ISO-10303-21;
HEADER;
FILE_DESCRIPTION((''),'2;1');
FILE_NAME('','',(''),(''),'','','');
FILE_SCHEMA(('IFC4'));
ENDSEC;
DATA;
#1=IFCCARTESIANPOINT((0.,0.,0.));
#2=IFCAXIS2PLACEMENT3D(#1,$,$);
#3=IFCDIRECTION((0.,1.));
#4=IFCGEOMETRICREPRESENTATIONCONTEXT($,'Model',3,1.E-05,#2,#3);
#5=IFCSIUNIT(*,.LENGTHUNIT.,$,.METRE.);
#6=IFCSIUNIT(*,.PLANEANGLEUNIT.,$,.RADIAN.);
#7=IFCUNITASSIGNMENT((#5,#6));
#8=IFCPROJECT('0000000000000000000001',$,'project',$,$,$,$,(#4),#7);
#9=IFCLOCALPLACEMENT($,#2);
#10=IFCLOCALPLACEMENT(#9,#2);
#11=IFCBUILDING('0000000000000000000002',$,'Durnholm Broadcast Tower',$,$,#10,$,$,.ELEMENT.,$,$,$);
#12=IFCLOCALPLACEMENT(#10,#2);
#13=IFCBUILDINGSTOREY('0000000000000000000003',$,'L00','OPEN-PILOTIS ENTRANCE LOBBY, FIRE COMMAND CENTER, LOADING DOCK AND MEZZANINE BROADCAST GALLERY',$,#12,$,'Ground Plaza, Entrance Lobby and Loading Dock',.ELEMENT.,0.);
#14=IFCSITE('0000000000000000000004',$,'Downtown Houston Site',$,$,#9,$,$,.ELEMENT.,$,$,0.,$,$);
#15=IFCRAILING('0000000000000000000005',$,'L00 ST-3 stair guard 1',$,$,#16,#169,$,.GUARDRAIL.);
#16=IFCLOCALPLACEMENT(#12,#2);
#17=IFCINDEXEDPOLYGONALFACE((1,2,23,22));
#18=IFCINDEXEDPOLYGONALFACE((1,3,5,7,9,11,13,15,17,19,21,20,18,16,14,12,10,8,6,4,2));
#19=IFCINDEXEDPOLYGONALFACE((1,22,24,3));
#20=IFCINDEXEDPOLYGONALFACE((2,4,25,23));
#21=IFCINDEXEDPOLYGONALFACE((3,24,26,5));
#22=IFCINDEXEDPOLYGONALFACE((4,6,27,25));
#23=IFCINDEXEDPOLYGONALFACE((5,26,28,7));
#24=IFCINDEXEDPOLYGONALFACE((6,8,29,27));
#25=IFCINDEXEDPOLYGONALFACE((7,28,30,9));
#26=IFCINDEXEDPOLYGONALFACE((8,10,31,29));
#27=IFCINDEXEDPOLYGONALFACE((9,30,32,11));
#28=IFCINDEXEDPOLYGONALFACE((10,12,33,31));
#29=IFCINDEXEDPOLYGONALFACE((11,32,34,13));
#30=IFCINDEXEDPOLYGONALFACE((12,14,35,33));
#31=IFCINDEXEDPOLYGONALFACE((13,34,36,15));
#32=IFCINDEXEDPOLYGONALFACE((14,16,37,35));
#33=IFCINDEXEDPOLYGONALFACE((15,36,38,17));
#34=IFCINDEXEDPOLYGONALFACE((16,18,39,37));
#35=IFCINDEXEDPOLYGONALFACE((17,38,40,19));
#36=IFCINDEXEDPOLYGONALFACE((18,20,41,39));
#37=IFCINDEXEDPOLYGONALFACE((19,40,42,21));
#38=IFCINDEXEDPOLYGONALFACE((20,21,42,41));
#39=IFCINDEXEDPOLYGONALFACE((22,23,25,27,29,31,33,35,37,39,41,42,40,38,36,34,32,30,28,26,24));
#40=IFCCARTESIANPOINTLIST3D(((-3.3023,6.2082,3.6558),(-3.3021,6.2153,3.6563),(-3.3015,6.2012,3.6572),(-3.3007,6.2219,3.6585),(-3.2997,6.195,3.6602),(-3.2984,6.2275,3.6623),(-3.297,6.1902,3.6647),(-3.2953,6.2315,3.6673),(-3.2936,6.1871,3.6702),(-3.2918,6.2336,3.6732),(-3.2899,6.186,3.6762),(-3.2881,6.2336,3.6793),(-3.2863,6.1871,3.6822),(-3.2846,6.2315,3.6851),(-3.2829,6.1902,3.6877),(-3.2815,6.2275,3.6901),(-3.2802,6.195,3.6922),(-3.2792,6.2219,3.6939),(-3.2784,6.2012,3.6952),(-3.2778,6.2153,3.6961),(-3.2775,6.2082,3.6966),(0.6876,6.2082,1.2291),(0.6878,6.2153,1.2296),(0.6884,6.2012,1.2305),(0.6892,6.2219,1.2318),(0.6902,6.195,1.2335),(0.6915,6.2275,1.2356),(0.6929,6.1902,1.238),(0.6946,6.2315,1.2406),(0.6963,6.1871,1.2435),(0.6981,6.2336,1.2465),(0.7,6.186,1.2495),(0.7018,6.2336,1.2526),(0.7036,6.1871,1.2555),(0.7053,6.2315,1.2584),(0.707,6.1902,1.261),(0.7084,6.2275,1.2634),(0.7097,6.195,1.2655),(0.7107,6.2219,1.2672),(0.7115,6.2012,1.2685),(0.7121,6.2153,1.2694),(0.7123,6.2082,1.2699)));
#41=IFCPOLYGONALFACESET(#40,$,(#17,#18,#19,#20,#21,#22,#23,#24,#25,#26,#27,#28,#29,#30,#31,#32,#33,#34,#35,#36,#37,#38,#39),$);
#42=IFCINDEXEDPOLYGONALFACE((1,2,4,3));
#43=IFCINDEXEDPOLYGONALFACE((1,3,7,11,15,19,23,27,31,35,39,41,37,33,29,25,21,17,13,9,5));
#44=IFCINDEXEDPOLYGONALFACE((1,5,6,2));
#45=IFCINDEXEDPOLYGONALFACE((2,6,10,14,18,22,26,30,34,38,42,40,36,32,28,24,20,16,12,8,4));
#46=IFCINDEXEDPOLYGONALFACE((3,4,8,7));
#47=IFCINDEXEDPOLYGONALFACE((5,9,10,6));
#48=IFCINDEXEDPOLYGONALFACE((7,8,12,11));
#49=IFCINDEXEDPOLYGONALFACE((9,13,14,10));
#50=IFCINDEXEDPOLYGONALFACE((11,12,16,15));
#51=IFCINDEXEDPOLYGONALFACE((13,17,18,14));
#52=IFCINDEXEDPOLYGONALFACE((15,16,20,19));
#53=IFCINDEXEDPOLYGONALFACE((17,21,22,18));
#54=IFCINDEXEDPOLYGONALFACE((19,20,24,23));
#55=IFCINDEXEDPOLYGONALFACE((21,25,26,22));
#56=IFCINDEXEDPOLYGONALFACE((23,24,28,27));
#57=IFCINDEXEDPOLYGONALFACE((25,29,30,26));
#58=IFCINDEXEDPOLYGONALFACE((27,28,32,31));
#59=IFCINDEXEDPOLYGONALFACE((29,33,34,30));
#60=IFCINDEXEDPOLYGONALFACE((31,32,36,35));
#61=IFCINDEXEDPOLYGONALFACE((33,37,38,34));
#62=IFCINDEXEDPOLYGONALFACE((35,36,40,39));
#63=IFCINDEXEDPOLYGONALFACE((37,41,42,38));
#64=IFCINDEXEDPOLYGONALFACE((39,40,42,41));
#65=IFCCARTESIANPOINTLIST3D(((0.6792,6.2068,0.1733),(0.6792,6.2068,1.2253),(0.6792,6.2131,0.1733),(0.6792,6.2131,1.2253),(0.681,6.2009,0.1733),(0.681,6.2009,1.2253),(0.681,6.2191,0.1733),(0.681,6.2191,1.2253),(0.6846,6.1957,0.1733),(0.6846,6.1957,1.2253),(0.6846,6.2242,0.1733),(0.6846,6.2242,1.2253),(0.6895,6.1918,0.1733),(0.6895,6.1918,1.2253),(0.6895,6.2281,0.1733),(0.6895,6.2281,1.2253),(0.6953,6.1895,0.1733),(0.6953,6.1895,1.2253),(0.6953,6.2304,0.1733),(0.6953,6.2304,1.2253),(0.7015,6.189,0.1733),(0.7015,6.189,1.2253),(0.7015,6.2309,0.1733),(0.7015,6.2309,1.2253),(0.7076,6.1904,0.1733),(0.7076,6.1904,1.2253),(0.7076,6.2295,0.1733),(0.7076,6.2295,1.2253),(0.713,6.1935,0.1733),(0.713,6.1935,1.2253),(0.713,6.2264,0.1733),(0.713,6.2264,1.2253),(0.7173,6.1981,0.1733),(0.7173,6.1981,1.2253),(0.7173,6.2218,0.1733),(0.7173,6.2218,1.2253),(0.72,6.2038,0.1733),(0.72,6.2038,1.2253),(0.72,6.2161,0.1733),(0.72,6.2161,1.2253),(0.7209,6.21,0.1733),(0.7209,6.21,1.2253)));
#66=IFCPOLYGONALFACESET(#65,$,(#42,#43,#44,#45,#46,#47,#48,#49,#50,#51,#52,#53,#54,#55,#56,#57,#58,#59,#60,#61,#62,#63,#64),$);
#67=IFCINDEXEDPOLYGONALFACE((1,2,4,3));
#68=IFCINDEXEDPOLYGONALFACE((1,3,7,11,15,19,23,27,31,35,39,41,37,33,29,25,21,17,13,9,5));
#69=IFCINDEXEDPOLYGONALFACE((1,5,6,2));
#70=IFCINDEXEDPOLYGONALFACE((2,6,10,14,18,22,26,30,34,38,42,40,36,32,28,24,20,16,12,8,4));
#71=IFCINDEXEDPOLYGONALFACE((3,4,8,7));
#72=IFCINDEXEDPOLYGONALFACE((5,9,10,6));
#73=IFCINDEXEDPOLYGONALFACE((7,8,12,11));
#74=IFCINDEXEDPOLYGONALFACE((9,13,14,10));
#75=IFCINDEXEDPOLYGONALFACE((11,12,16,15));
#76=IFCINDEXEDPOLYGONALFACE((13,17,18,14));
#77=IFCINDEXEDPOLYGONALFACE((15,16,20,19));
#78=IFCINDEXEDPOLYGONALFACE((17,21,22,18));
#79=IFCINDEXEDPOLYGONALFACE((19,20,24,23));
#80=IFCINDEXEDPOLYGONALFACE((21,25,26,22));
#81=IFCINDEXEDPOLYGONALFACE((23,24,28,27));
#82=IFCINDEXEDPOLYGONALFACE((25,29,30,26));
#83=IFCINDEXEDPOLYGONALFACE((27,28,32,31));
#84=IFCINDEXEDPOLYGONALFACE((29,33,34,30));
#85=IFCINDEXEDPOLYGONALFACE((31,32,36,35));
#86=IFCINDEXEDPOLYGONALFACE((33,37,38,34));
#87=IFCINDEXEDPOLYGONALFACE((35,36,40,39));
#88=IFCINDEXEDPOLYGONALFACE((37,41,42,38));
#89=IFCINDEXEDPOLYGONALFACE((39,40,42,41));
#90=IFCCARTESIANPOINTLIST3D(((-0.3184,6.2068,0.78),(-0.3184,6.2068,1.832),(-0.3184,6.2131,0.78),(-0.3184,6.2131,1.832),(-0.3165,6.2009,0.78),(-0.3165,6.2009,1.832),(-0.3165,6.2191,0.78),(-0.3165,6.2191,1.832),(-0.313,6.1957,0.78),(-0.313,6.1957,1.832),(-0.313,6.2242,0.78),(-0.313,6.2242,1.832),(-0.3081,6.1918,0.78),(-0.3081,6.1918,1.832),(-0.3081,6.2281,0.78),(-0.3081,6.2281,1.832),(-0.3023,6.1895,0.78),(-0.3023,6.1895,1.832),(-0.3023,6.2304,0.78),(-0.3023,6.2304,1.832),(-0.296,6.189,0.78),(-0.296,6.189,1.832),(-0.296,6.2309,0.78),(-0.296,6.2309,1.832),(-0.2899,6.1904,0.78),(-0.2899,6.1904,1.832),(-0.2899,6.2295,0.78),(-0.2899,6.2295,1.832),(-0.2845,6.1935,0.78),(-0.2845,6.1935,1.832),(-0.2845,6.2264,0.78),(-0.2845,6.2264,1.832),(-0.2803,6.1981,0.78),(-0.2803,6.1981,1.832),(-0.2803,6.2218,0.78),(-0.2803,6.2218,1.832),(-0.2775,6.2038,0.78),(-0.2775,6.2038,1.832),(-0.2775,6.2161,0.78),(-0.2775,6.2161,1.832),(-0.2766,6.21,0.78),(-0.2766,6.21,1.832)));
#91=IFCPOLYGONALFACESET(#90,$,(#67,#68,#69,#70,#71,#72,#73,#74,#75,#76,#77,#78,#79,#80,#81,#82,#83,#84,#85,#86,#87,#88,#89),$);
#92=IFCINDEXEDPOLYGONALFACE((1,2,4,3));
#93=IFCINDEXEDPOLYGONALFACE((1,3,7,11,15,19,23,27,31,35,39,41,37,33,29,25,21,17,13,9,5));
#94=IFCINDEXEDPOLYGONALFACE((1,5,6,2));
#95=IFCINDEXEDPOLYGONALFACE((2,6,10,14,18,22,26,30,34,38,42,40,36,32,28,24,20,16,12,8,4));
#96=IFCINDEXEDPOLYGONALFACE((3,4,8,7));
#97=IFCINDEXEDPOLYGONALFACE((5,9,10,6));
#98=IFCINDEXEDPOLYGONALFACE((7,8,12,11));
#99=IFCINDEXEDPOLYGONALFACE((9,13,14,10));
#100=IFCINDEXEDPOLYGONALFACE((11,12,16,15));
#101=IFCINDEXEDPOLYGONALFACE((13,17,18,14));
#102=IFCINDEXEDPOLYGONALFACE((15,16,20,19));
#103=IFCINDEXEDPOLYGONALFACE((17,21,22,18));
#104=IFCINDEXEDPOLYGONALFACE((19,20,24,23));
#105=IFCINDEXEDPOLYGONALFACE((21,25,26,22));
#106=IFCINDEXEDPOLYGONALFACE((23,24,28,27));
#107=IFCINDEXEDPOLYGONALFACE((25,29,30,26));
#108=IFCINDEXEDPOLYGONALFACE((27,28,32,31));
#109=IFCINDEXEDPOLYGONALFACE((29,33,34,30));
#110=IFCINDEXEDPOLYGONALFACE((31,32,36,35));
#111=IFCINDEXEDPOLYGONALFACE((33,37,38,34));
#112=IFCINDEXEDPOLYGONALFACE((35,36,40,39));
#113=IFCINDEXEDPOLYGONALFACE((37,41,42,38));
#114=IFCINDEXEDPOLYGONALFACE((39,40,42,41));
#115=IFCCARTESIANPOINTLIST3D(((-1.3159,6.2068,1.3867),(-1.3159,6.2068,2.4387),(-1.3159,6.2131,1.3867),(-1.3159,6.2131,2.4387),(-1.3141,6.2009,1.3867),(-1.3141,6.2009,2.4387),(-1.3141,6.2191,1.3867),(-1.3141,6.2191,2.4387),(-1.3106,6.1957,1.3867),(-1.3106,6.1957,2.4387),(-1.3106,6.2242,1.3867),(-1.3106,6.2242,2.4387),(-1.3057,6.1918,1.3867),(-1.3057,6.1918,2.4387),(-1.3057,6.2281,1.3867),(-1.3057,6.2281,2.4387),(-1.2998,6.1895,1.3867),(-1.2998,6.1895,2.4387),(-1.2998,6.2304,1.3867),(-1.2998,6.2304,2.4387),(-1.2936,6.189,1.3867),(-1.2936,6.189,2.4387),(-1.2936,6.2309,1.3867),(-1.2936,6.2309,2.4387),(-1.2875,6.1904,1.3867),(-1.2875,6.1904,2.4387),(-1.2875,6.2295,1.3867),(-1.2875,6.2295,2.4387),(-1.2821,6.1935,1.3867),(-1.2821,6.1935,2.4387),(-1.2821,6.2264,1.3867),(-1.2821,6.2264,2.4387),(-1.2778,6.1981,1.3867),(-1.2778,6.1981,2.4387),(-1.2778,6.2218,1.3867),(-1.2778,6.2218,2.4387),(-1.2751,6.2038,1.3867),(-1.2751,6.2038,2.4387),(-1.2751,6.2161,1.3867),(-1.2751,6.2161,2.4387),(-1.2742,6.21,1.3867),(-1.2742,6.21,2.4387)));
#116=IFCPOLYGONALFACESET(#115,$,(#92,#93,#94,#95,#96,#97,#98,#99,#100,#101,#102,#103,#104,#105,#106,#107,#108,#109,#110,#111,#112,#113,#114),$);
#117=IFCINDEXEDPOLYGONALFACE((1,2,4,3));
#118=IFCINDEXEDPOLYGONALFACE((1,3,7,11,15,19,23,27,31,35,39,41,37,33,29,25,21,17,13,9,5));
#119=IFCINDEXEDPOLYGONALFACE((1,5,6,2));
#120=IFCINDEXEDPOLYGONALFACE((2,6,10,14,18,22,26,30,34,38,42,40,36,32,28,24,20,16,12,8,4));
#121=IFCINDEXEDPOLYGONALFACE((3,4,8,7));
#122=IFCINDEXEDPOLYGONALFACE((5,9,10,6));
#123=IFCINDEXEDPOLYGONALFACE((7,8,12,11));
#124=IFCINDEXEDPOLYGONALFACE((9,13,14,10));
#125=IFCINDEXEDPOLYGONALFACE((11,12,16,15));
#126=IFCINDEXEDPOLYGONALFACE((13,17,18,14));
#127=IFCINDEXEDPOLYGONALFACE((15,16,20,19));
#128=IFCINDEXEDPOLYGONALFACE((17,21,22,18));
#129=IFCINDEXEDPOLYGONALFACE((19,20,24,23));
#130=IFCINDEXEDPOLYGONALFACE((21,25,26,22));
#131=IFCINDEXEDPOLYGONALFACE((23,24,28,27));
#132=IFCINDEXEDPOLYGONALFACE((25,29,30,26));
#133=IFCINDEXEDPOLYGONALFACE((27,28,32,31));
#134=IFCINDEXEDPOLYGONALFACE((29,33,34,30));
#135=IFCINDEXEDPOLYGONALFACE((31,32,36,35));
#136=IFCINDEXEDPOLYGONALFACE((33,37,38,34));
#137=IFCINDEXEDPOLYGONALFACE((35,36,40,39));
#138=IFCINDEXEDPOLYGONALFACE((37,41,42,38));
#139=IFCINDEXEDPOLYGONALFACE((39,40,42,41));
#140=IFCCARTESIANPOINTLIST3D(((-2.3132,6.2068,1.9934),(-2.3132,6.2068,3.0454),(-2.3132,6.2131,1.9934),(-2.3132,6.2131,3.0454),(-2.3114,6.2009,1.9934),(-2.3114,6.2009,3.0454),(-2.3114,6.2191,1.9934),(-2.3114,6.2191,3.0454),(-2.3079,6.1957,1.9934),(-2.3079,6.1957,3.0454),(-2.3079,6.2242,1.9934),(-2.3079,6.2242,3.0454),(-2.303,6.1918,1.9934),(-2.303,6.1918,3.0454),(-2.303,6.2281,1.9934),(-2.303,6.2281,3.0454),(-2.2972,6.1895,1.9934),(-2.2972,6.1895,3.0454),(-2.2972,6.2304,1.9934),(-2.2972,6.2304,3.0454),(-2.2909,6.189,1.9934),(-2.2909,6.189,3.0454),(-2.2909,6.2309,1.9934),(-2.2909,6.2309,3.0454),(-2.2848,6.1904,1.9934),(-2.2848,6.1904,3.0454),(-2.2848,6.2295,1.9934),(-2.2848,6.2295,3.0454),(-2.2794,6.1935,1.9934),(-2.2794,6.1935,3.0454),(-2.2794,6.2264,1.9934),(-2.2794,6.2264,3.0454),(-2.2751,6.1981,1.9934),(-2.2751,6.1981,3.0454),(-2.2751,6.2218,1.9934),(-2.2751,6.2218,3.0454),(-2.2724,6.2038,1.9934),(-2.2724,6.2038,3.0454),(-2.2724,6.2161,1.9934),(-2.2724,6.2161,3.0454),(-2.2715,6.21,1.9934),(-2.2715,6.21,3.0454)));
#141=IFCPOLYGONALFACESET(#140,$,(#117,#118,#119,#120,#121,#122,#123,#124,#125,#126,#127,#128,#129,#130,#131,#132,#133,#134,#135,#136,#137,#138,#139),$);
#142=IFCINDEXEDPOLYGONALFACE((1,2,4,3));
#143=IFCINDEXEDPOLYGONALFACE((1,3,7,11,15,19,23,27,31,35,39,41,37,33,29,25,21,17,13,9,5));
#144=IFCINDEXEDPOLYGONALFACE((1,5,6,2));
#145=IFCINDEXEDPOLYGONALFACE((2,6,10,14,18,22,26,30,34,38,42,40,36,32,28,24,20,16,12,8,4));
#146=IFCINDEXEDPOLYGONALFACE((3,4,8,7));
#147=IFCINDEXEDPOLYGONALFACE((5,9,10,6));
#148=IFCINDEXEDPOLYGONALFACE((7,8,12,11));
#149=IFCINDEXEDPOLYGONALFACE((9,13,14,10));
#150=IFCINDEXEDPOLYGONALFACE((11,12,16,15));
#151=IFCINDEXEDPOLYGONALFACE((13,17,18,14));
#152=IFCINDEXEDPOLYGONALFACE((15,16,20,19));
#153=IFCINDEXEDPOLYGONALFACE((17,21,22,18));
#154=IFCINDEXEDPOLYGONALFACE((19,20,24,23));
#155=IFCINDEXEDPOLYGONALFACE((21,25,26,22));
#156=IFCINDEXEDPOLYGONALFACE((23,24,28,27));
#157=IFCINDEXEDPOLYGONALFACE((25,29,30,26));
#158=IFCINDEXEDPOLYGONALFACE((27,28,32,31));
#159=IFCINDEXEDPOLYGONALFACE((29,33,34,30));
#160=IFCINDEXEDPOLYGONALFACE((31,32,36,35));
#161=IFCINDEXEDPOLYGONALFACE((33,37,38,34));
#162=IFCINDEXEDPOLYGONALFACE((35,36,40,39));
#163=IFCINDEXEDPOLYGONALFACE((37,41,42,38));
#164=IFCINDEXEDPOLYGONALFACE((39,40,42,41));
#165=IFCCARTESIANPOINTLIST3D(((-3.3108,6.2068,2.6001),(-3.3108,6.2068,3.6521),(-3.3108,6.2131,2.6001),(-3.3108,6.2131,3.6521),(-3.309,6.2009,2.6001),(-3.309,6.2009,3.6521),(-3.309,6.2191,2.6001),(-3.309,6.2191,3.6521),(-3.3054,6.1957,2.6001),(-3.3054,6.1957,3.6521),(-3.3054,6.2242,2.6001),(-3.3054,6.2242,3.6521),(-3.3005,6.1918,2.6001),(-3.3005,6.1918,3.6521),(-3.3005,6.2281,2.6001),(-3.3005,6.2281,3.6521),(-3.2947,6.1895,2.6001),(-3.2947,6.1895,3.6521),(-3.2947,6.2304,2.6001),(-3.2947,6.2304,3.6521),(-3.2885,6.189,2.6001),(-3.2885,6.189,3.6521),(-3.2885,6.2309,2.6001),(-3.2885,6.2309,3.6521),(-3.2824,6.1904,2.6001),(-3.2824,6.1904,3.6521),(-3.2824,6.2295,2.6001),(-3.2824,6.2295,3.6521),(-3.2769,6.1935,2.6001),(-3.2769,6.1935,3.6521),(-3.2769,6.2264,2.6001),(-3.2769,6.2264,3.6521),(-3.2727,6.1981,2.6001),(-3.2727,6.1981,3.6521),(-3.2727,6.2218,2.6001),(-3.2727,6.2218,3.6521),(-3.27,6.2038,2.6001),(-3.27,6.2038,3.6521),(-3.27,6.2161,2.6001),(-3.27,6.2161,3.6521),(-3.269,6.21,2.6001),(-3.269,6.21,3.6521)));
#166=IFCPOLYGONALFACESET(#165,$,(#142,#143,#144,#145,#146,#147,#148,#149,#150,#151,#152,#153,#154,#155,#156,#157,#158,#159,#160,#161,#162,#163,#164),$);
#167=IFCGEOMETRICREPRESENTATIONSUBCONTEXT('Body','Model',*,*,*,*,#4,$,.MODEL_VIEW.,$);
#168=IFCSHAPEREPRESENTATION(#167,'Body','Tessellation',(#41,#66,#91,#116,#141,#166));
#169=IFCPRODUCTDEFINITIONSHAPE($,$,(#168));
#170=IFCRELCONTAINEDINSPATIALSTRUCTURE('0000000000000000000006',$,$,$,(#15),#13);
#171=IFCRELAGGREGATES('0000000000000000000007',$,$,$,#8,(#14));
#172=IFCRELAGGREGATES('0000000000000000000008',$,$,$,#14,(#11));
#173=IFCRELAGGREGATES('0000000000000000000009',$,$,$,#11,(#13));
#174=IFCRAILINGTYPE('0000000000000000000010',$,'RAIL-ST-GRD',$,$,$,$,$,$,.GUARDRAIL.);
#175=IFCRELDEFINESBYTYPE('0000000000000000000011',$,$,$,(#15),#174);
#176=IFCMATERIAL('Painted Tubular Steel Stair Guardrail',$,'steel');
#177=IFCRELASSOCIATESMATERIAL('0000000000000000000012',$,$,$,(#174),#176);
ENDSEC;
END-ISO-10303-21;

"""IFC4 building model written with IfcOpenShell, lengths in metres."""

from ifc_helpers import new_model, si_unit, direction, frame, origin, origin_2d, place, context, subcontext, project, spatial, circle, extrude, material, type_object, element, save


model = new_model("IFC4")

# Units and contexts
model_context = context("Model", 3, precision=1e-05, world=origin(), true_north=direction((0.0, 1.0)))
body_context = subcontext(model_context, "Body", "Model", "MODEL_VIEW")
ifc_project = project(units=[si_unit("LENGTHUNIT", "METRE"), si_unit("PLANEANGLEUNIT", "RADIAN")], contexts=[model_context])

# Site, building, storey
site_placement = place(None, origin())
site = spatial("IfcSite", under=ifc_project, at=site_placement, Name="Downtown Houston Site", CompositionType="ELEMENT", RefElevation=0.0)
building_placement = place(site_placement, origin())
building = spatial("IfcBuilding", under=site, at=building_placement, Name="Durnholm Broadcast Tower", CompositionType="ELEMENT")
storey_placement = place(building_placement, origin())
storey = spatial("IfcBuildingStorey", under=building, at=storey_placement, Name="L00", Description="OPEN-PILOTIS ENTRANCE LOBBY, FIRE COMMAND CENTER, LOADING DOCK AND MEZZANINE BROADCAST GALLERY", LongName="Ground Plaza, Entrance Lobby and Loading Dock", CompositionType="ELEMENT", Elevation=0.0)

# Railing
ifc_material_1 = material(Name="Painted Tubular Steel Stair Guardrail", Category="steel")
railing_type_1 = type_object("IfcRailingType", Name="RAIL-ST-GRD", PredefinedType="GUARDRAIL", material=ifc_material_1)
railing_1_placement = place(storey_placement, frame((0.7, 6.21, 0.1733)))
element("IfcRailing", 1, at=railing_1_placement, inside=storey, type_object=railing_type_1, Name="L00 ST-3 stair guard 1", PredefinedType="GUARDRAIL", context=body_context, shape_type="SweptSolid", body=[
    extrude(circle(Radius=0.0239, at=origin_2d()), frame((0.0, 0.0, 1.0762), z_axis=(-0.854382, 0.0, 0.519645), x_axis=(0.0, -1.0, 0.0)), (0.0, 0.0, 1.0), 4.6699),
    extrude(circle(Radius=0.021, at=origin_2d()), origin(), (0.0, 0.0, 1.0), 1.052),
    extrude(circle(Radius=0.021, at=origin_2d()), frame((-0.9976, 0.0, 0.6067)), (0.0, 0.0, 1.0), 1.052),
    extrude(circle(Radius=0.021, at=origin_2d()), frame((-1.9951, 0.0, 1.2134)), (0.0, 0.0, 1.0), 1.052),
    extrude(circle(Radius=0.021, at=origin_2d()), frame((-2.9924, 0.0, 1.8201)), (0.0, 0.0, 1.0), 1.052),
    extrude(circle(Radius=0.021, at=origin_2d()), frame((-3.99, 0.0, 2.4268)), (0.0, 0.0, 1.0), 1.052),
])

save(model, "model.ifc")
